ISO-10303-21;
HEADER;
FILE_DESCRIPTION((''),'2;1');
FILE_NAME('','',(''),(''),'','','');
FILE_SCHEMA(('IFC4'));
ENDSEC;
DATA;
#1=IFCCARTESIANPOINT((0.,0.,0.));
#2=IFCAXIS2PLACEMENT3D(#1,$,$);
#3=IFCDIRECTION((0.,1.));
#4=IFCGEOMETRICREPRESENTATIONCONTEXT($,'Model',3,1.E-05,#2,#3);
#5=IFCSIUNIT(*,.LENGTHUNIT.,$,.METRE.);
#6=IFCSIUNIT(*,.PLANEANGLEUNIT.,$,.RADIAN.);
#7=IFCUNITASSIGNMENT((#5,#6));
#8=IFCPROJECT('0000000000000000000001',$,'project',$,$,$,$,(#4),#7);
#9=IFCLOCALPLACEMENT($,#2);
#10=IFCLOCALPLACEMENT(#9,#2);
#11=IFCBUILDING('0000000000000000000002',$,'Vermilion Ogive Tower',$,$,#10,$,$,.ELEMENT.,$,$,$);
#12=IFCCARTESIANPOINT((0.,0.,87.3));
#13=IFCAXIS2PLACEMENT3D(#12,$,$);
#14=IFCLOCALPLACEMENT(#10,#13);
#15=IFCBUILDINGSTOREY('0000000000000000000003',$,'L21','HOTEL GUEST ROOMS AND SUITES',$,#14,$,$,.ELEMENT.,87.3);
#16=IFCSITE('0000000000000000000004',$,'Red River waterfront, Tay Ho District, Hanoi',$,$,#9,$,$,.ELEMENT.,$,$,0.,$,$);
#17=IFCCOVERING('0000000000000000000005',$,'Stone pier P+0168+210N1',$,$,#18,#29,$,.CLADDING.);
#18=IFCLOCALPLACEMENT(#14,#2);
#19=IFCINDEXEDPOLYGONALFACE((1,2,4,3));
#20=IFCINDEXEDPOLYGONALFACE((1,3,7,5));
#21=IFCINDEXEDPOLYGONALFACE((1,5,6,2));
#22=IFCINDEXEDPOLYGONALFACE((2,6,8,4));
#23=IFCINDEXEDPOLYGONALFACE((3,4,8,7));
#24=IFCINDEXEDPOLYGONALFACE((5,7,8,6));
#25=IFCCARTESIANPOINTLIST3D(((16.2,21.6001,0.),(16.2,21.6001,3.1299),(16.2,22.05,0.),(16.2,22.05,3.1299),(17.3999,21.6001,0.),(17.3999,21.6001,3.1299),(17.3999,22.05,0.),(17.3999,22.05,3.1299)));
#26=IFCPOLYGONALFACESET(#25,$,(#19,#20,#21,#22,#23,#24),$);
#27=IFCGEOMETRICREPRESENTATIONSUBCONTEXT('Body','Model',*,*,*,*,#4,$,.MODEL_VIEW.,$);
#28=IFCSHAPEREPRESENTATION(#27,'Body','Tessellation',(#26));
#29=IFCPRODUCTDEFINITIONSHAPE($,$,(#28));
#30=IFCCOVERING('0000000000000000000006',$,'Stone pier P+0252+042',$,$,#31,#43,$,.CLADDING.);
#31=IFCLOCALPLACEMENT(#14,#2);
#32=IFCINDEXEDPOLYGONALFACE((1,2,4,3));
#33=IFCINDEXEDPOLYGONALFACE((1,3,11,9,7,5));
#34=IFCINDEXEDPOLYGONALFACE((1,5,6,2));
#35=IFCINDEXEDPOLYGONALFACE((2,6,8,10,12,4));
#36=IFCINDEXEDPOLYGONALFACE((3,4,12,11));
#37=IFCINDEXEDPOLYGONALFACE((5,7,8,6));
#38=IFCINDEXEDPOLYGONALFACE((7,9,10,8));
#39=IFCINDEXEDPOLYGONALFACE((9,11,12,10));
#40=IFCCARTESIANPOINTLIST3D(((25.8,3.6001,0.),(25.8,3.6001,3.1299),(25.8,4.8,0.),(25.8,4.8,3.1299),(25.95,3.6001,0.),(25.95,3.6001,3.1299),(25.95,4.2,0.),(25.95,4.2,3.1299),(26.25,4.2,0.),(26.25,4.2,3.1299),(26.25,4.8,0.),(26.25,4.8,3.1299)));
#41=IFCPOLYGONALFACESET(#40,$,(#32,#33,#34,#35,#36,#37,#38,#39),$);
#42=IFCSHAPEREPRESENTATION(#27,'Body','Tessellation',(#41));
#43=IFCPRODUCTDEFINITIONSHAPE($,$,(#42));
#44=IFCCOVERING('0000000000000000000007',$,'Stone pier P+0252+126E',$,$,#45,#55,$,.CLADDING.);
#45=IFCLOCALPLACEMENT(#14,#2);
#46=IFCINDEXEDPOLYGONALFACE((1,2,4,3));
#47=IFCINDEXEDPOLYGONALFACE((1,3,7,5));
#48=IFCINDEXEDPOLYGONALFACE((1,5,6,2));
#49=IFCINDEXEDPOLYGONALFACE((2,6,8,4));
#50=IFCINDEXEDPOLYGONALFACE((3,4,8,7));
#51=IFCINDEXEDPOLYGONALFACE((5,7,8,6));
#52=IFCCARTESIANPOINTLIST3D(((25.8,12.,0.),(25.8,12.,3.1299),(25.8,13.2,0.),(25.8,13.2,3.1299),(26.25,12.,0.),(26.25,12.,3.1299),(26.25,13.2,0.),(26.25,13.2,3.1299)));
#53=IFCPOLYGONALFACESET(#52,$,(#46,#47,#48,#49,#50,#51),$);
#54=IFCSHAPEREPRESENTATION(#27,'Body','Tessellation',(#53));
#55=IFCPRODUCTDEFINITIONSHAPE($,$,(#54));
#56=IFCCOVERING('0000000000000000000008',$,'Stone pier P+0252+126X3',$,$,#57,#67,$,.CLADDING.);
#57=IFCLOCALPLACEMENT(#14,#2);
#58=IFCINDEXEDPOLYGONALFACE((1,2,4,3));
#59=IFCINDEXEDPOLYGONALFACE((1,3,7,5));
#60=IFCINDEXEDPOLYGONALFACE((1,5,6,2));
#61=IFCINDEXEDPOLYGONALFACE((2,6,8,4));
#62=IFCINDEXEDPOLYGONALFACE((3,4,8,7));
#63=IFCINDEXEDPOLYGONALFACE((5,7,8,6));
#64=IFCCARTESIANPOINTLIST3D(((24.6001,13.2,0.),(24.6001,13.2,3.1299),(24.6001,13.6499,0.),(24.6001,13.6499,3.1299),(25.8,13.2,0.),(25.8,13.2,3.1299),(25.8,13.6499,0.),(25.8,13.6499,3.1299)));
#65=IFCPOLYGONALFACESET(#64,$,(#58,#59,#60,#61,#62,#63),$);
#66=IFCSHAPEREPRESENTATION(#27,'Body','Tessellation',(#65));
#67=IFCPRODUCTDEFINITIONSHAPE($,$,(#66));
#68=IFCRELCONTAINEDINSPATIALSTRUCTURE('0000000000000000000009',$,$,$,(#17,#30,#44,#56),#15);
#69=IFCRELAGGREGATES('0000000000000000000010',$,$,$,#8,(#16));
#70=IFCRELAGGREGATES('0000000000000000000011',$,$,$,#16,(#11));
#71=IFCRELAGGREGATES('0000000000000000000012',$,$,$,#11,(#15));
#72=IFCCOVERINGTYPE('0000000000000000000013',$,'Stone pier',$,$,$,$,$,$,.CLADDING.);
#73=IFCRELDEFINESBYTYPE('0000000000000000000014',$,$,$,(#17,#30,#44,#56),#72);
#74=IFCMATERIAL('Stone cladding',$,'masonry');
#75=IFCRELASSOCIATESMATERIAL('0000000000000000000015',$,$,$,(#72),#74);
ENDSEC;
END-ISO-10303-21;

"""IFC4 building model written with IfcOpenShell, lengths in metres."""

from ifc_helpers import new_model, si_unit, direction, frame, origin, place, context, subcontext, project, spatial, polyline, outline, extrude, material, type_object, element, save


model = new_model("IFC4")

# Units and contexts
model_context = context("Model", 3, precision=1e-05, world=origin(), true_north=direction((0.0, 1.0)))
body_context = subcontext(model_context, "Body", "Model", "MODEL_VIEW")
ifc_project = project(units=[si_unit("LENGTHUNIT", "METRE"), si_unit("PLANEANGLEUNIT", "RADIAN")], contexts=[model_context])

# Site, building, storey
site_placement = place(None, origin())
site = spatial("IfcSite", under=ifc_project, at=site_placement, Name="Red River waterfront, Tay Ho District, Hanoi", CompositionType="ELEMENT", RefElevation=0.0)
building_placement = place(site_placement, origin())
building = spatial("IfcBuilding", under=site, at=building_placement, Name="Vermilion Ogive Tower", CompositionType="ELEMENT")
storey_placement = place(building_placement, frame((0.0, 0.0, 87.3)))
storey = spatial("IfcBuildingStorey", under=building, at=storey_placement, Name="L21", Description="HOTEL GUEST ROOMS AND SUITES", CompositionType="ELEMENT", Elevation=87.3)

# Coverings
ifc_material_1 = material(Name="Stone cladding", Category="masonry")
covering_type = type_object("IfcCoveringType", Name="Stone pier", PredefinedType="CLADDING", material=ifc_material_1)
covering_1_placement = place(storey_placement, origin())
element("IfcCovering", 1, at=covering_1_placement, inside=storey, type_object=covering_type, Name="Stone pier P+0168+210N1", PredefinedType="CLADDING", context=body_context, shape_type="SweptSolid", body=[
    extrude(outline(polyline([(17.3999, 22.05), (17.3999, 21.6001), (16.2, 21.6001), (16.2, 22.05), (17.3999, 22.05)])), origin(), (0.0, 0.0, 1.0), 3.1299),
])
covering_2_placement = place(storey_placement, origin())
element("IfcCovering", 2, at=covering_2_placement, inside=storey, type_object=covering_type, Name="Stone pier P+0252+042", PredefinedType="CLADDING", context=body_context, shape_type="SweptSolid", body=[
    extrude(outline(polyline([(25.8, 4.8), (25.8, 4.8), (26.25, 4.8), (26.25, 4.2), (25.95, 4.2), (25.95, 3.6001), (26.25, 3.6001), (26.25, 3.6001), (25.8, 3.6001), (25.8, 3.6001), (25.8, 4.8)])), origin(), (0.0, 0.0, 1.0), 3.1299),
])
covering_3_placement = place(storey_placement, origin())
element("IfcCovering", 3, at=covering_3_placement, inside=storey, type_object=covering_type, Name="Stone pier P+0252+126E", PredefinedType="CLADDING", context=body_context, shape_type="SweptSolid", body=[
    extrude(outline(polyline([(25.8, 13.2), (25.8, 13.2), (26.25, 13.2), (26.25, 12.0), (25.8, 12.0), (25.8, 12.0), (25.8, 13.2)])), origin(), (0.0, 0.0, 1.0), 3.1299),
])
covering_4_placement = place(storey_placement, origin())
element("IfcCovering", 4, at=covering_4_placement, inside=storey, type_object=covering_type, Name="Stone pier P+0252+126X3", PredefinedType="CLADDING", context=body_context, shape_type="SweptSolid", body=[
    extrude(outline(polyline([(25.8, 13.6499), (25.8, 13.2), (25.8, 13.2), (24.6001, 13.2), (24.6001, 13.6499), (25.8, 13.6499)])), origin(), (0.0, 0.0, 1.0), 3.1299),
])

save(model, "model.ifc")
